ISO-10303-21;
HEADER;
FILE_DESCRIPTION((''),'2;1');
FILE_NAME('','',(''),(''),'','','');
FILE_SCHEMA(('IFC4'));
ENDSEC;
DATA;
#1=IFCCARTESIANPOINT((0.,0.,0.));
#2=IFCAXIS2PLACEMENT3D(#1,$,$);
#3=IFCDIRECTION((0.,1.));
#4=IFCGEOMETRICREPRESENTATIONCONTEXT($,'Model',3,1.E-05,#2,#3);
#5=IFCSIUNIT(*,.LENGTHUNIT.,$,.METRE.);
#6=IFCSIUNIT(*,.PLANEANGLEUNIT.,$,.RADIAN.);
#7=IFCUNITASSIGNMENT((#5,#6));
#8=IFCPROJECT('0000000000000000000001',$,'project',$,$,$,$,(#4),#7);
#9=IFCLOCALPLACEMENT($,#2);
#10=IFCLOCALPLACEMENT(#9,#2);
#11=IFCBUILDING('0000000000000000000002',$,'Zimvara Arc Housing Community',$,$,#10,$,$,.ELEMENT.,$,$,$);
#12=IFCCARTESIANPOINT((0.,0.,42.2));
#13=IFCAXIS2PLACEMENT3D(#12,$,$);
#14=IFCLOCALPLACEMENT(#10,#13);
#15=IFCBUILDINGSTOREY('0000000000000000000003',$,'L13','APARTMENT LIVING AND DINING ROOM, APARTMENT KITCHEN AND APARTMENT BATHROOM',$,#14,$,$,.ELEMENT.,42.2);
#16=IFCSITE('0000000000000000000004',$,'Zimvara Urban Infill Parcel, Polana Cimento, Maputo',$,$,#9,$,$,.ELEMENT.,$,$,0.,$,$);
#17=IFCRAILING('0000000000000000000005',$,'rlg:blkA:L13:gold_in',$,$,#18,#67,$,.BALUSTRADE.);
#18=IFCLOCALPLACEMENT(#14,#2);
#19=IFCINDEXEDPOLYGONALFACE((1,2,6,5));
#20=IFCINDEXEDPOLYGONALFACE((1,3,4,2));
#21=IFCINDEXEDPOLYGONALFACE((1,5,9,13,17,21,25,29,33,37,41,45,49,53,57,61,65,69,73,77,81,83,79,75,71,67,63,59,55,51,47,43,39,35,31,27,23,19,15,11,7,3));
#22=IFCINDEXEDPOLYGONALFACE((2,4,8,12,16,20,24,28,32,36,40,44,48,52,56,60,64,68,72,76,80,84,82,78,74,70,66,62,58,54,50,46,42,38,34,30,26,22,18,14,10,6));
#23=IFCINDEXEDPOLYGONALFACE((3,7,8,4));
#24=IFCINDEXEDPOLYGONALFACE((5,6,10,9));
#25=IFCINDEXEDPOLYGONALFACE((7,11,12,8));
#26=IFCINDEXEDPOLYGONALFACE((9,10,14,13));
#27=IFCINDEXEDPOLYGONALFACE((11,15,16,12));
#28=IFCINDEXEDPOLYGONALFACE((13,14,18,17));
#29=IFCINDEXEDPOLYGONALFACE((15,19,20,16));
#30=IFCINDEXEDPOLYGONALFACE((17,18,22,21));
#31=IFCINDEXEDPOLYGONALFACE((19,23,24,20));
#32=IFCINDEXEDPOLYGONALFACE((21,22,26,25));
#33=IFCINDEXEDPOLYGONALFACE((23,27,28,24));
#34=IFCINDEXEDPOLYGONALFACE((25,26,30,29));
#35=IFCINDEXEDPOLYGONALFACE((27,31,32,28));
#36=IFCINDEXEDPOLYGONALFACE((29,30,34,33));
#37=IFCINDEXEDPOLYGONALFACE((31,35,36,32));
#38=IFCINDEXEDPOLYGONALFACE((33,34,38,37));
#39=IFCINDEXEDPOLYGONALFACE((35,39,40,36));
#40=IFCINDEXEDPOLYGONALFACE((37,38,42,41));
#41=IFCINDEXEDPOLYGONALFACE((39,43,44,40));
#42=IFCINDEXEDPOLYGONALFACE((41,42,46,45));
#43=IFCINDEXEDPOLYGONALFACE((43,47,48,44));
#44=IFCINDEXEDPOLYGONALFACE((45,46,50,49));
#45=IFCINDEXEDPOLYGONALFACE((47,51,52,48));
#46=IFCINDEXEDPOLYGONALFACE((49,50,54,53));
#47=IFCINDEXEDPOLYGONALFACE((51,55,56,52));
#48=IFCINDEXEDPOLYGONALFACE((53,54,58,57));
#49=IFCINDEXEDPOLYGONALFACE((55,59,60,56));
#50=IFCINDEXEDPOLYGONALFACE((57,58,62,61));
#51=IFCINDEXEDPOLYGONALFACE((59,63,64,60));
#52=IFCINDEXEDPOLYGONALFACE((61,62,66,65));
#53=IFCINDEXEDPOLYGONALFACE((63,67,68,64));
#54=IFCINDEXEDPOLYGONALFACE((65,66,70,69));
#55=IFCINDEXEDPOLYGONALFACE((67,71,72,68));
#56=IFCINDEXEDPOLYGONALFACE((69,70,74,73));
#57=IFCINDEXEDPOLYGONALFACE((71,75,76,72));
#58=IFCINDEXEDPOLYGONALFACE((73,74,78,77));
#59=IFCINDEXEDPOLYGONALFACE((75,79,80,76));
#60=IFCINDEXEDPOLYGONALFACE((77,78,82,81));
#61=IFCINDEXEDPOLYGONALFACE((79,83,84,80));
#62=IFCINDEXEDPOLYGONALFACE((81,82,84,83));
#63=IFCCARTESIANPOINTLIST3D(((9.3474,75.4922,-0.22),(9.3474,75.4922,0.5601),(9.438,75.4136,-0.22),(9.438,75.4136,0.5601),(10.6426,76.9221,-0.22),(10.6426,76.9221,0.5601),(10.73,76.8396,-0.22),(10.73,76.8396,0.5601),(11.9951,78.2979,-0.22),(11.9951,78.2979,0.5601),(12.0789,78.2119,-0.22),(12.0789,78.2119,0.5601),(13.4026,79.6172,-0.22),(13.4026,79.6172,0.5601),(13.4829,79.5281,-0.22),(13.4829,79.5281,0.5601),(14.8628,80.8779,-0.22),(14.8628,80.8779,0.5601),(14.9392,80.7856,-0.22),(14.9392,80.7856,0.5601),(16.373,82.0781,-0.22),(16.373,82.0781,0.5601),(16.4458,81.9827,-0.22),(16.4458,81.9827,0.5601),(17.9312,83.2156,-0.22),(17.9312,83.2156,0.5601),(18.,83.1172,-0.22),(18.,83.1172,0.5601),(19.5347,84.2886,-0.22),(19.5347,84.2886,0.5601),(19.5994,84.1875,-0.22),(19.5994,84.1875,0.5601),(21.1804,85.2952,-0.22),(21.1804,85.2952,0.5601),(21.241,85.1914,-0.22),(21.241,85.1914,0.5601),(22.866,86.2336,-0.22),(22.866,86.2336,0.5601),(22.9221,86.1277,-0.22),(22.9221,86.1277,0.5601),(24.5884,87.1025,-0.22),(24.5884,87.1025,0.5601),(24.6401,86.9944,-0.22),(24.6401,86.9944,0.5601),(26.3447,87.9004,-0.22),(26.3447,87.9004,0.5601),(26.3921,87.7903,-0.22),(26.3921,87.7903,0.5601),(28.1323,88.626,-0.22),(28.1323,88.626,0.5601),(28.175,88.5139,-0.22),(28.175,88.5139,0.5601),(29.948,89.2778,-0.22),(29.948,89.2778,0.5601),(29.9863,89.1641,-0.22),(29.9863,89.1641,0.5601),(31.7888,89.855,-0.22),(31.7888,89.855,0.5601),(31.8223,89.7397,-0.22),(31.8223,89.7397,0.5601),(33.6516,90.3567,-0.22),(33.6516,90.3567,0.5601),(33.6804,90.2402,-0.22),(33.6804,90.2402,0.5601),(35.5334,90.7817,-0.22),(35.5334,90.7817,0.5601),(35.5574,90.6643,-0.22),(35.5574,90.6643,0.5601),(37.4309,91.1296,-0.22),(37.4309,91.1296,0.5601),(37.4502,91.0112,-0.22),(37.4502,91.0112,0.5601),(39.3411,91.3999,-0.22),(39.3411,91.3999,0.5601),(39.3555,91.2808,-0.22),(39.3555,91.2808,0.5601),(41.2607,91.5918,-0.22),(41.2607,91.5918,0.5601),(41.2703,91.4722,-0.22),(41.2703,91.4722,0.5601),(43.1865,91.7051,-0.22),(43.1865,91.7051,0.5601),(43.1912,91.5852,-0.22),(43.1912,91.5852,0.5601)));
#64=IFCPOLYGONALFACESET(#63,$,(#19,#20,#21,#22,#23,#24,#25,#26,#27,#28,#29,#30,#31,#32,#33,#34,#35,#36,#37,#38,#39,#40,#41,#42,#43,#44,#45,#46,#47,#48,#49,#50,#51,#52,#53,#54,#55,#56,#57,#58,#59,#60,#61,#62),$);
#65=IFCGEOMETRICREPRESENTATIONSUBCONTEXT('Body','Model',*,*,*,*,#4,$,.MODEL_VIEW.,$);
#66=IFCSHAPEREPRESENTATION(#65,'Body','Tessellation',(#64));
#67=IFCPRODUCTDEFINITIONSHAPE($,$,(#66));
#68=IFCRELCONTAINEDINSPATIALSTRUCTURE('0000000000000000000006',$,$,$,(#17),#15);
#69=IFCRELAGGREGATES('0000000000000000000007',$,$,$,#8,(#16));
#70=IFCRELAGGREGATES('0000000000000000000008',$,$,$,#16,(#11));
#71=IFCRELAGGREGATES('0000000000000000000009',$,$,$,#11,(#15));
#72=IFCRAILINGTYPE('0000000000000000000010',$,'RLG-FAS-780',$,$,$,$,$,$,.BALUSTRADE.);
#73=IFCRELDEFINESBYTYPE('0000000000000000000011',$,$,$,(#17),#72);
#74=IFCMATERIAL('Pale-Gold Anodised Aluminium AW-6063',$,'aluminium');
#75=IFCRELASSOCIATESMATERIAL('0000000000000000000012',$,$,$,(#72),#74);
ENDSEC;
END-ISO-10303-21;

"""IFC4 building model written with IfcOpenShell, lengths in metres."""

from ifc_helpers import new_model, si_unit, direction, frame, origin, place, context, subcontext, project, spatial, polyline, outline, extrude, material, type_object, element, save


model = new_model("IFC4")

# Units and contexts
model_context = context("Model", 3, precision=1e-05, world=origin(), true_north=direction((0.0, 1.0)))
body_context = subcontext(model_context, "Body", "Model", "MODEL_VIEW")
ifc_project = project(units=[si_unit("LENGTHUNIT", "METRE"), si_unit("PLANEANGLEUNIT", "RADIAN")], contexts=[model_context])

# Site, building, storey
site_placement = place(None, origin())
site = spatial("IfcSite", under=ifc_project, at=site_placement, Name="Zimvara Urban Infill Parcel, Polana Cimento, Maputo", CompositionType="ELEMENT", RefElevation=0.0)
building_placement = place(site_placement, origin())
building = spatial("IfcBuilding", under=site, at=building_placement, Name="Zimvara Arc Housing Community", CompositionType="ELEMENT")
storey_placement = place(building_placement, frame((0.0, 0.0, 42.2)))
storey = spatial("IfcBuildingStorey", under=building, at=storey_placement, Name="L13", Description="APARTMENT LIVING AND DINING ROOM, APARTMENT KITCHEN AND APARTMENT BATHROOM", CompositionType="ELEMENT", Elevation=42.2)

# Railing
ifc_material_1 = material(Name="Pale-Gold Anodised Aluminium AW-6063", Category="aluminium")
railing_type_1 = type_object("IfcRailingType", Name="RLG-FAS-780", PredefinedType="BALUSTRADE", material=ifc_material_1)
railing_1_placement = place(storey_placement, frame((0.0, 0.0, -0.22)))
element("IfcRailing", 1, at=railing_1_placement, inside=storey, type_object=railing_type_1, Name="rlg:blkA:L13:gold_in", PredefinedType="BALUSTRADE", context=body_context, shape_type="SweptSolid", body=[
    extrude(outline(polyline([(9.438, 75.4136), (10.73, 76.8396), (12.0789, 78.2119), (13.4829, 79.5281), (14.9392, 80.7856), (16.4458, 81.9827), (18.0, 83.1172), (19.5994, 84.1875), (21.241, 85.1914), (22.9221, 86.1277), (24.6401, 86.9944), (26.3921, 87.7903), (28.175, 88.5139), (29.9863, 89.1641), (31.8223, 89.7397), (33.6804, 90.2402), (35.5574, 90.6643), (37.4502, 91.0112), (39.3555, 91.2808), (41.2703, 91.4722), (43.1912, 91.5852), (43.1865, 91.7051), (41.2607, 91.5918), (39.3411, 91.3999), (37.4309, 91.1296), (35.5334, 90.7817), (33.6516, 90.3567), (31.7888, 89.855), (29.948, 89.2778), (28.1323, 88.626), (26.3447, 87.9004), (24.5884, 87.1025), (22.866, 86.2336), (21.1804, 85.2952), (19.5347, 84.2886), (17.9312, 83.2156), (16.373, 82.0781), (14.8628, 80.8779), (13.4026, 79.6172), (11.9951, 78.2979), (10.6426, 76.9221), (9.3474, 75.4922), (9.438, 75.4136)])), origin(), (0.0, 0.0, 1.0), 0.78),
])

save(model, "model.ifc")
